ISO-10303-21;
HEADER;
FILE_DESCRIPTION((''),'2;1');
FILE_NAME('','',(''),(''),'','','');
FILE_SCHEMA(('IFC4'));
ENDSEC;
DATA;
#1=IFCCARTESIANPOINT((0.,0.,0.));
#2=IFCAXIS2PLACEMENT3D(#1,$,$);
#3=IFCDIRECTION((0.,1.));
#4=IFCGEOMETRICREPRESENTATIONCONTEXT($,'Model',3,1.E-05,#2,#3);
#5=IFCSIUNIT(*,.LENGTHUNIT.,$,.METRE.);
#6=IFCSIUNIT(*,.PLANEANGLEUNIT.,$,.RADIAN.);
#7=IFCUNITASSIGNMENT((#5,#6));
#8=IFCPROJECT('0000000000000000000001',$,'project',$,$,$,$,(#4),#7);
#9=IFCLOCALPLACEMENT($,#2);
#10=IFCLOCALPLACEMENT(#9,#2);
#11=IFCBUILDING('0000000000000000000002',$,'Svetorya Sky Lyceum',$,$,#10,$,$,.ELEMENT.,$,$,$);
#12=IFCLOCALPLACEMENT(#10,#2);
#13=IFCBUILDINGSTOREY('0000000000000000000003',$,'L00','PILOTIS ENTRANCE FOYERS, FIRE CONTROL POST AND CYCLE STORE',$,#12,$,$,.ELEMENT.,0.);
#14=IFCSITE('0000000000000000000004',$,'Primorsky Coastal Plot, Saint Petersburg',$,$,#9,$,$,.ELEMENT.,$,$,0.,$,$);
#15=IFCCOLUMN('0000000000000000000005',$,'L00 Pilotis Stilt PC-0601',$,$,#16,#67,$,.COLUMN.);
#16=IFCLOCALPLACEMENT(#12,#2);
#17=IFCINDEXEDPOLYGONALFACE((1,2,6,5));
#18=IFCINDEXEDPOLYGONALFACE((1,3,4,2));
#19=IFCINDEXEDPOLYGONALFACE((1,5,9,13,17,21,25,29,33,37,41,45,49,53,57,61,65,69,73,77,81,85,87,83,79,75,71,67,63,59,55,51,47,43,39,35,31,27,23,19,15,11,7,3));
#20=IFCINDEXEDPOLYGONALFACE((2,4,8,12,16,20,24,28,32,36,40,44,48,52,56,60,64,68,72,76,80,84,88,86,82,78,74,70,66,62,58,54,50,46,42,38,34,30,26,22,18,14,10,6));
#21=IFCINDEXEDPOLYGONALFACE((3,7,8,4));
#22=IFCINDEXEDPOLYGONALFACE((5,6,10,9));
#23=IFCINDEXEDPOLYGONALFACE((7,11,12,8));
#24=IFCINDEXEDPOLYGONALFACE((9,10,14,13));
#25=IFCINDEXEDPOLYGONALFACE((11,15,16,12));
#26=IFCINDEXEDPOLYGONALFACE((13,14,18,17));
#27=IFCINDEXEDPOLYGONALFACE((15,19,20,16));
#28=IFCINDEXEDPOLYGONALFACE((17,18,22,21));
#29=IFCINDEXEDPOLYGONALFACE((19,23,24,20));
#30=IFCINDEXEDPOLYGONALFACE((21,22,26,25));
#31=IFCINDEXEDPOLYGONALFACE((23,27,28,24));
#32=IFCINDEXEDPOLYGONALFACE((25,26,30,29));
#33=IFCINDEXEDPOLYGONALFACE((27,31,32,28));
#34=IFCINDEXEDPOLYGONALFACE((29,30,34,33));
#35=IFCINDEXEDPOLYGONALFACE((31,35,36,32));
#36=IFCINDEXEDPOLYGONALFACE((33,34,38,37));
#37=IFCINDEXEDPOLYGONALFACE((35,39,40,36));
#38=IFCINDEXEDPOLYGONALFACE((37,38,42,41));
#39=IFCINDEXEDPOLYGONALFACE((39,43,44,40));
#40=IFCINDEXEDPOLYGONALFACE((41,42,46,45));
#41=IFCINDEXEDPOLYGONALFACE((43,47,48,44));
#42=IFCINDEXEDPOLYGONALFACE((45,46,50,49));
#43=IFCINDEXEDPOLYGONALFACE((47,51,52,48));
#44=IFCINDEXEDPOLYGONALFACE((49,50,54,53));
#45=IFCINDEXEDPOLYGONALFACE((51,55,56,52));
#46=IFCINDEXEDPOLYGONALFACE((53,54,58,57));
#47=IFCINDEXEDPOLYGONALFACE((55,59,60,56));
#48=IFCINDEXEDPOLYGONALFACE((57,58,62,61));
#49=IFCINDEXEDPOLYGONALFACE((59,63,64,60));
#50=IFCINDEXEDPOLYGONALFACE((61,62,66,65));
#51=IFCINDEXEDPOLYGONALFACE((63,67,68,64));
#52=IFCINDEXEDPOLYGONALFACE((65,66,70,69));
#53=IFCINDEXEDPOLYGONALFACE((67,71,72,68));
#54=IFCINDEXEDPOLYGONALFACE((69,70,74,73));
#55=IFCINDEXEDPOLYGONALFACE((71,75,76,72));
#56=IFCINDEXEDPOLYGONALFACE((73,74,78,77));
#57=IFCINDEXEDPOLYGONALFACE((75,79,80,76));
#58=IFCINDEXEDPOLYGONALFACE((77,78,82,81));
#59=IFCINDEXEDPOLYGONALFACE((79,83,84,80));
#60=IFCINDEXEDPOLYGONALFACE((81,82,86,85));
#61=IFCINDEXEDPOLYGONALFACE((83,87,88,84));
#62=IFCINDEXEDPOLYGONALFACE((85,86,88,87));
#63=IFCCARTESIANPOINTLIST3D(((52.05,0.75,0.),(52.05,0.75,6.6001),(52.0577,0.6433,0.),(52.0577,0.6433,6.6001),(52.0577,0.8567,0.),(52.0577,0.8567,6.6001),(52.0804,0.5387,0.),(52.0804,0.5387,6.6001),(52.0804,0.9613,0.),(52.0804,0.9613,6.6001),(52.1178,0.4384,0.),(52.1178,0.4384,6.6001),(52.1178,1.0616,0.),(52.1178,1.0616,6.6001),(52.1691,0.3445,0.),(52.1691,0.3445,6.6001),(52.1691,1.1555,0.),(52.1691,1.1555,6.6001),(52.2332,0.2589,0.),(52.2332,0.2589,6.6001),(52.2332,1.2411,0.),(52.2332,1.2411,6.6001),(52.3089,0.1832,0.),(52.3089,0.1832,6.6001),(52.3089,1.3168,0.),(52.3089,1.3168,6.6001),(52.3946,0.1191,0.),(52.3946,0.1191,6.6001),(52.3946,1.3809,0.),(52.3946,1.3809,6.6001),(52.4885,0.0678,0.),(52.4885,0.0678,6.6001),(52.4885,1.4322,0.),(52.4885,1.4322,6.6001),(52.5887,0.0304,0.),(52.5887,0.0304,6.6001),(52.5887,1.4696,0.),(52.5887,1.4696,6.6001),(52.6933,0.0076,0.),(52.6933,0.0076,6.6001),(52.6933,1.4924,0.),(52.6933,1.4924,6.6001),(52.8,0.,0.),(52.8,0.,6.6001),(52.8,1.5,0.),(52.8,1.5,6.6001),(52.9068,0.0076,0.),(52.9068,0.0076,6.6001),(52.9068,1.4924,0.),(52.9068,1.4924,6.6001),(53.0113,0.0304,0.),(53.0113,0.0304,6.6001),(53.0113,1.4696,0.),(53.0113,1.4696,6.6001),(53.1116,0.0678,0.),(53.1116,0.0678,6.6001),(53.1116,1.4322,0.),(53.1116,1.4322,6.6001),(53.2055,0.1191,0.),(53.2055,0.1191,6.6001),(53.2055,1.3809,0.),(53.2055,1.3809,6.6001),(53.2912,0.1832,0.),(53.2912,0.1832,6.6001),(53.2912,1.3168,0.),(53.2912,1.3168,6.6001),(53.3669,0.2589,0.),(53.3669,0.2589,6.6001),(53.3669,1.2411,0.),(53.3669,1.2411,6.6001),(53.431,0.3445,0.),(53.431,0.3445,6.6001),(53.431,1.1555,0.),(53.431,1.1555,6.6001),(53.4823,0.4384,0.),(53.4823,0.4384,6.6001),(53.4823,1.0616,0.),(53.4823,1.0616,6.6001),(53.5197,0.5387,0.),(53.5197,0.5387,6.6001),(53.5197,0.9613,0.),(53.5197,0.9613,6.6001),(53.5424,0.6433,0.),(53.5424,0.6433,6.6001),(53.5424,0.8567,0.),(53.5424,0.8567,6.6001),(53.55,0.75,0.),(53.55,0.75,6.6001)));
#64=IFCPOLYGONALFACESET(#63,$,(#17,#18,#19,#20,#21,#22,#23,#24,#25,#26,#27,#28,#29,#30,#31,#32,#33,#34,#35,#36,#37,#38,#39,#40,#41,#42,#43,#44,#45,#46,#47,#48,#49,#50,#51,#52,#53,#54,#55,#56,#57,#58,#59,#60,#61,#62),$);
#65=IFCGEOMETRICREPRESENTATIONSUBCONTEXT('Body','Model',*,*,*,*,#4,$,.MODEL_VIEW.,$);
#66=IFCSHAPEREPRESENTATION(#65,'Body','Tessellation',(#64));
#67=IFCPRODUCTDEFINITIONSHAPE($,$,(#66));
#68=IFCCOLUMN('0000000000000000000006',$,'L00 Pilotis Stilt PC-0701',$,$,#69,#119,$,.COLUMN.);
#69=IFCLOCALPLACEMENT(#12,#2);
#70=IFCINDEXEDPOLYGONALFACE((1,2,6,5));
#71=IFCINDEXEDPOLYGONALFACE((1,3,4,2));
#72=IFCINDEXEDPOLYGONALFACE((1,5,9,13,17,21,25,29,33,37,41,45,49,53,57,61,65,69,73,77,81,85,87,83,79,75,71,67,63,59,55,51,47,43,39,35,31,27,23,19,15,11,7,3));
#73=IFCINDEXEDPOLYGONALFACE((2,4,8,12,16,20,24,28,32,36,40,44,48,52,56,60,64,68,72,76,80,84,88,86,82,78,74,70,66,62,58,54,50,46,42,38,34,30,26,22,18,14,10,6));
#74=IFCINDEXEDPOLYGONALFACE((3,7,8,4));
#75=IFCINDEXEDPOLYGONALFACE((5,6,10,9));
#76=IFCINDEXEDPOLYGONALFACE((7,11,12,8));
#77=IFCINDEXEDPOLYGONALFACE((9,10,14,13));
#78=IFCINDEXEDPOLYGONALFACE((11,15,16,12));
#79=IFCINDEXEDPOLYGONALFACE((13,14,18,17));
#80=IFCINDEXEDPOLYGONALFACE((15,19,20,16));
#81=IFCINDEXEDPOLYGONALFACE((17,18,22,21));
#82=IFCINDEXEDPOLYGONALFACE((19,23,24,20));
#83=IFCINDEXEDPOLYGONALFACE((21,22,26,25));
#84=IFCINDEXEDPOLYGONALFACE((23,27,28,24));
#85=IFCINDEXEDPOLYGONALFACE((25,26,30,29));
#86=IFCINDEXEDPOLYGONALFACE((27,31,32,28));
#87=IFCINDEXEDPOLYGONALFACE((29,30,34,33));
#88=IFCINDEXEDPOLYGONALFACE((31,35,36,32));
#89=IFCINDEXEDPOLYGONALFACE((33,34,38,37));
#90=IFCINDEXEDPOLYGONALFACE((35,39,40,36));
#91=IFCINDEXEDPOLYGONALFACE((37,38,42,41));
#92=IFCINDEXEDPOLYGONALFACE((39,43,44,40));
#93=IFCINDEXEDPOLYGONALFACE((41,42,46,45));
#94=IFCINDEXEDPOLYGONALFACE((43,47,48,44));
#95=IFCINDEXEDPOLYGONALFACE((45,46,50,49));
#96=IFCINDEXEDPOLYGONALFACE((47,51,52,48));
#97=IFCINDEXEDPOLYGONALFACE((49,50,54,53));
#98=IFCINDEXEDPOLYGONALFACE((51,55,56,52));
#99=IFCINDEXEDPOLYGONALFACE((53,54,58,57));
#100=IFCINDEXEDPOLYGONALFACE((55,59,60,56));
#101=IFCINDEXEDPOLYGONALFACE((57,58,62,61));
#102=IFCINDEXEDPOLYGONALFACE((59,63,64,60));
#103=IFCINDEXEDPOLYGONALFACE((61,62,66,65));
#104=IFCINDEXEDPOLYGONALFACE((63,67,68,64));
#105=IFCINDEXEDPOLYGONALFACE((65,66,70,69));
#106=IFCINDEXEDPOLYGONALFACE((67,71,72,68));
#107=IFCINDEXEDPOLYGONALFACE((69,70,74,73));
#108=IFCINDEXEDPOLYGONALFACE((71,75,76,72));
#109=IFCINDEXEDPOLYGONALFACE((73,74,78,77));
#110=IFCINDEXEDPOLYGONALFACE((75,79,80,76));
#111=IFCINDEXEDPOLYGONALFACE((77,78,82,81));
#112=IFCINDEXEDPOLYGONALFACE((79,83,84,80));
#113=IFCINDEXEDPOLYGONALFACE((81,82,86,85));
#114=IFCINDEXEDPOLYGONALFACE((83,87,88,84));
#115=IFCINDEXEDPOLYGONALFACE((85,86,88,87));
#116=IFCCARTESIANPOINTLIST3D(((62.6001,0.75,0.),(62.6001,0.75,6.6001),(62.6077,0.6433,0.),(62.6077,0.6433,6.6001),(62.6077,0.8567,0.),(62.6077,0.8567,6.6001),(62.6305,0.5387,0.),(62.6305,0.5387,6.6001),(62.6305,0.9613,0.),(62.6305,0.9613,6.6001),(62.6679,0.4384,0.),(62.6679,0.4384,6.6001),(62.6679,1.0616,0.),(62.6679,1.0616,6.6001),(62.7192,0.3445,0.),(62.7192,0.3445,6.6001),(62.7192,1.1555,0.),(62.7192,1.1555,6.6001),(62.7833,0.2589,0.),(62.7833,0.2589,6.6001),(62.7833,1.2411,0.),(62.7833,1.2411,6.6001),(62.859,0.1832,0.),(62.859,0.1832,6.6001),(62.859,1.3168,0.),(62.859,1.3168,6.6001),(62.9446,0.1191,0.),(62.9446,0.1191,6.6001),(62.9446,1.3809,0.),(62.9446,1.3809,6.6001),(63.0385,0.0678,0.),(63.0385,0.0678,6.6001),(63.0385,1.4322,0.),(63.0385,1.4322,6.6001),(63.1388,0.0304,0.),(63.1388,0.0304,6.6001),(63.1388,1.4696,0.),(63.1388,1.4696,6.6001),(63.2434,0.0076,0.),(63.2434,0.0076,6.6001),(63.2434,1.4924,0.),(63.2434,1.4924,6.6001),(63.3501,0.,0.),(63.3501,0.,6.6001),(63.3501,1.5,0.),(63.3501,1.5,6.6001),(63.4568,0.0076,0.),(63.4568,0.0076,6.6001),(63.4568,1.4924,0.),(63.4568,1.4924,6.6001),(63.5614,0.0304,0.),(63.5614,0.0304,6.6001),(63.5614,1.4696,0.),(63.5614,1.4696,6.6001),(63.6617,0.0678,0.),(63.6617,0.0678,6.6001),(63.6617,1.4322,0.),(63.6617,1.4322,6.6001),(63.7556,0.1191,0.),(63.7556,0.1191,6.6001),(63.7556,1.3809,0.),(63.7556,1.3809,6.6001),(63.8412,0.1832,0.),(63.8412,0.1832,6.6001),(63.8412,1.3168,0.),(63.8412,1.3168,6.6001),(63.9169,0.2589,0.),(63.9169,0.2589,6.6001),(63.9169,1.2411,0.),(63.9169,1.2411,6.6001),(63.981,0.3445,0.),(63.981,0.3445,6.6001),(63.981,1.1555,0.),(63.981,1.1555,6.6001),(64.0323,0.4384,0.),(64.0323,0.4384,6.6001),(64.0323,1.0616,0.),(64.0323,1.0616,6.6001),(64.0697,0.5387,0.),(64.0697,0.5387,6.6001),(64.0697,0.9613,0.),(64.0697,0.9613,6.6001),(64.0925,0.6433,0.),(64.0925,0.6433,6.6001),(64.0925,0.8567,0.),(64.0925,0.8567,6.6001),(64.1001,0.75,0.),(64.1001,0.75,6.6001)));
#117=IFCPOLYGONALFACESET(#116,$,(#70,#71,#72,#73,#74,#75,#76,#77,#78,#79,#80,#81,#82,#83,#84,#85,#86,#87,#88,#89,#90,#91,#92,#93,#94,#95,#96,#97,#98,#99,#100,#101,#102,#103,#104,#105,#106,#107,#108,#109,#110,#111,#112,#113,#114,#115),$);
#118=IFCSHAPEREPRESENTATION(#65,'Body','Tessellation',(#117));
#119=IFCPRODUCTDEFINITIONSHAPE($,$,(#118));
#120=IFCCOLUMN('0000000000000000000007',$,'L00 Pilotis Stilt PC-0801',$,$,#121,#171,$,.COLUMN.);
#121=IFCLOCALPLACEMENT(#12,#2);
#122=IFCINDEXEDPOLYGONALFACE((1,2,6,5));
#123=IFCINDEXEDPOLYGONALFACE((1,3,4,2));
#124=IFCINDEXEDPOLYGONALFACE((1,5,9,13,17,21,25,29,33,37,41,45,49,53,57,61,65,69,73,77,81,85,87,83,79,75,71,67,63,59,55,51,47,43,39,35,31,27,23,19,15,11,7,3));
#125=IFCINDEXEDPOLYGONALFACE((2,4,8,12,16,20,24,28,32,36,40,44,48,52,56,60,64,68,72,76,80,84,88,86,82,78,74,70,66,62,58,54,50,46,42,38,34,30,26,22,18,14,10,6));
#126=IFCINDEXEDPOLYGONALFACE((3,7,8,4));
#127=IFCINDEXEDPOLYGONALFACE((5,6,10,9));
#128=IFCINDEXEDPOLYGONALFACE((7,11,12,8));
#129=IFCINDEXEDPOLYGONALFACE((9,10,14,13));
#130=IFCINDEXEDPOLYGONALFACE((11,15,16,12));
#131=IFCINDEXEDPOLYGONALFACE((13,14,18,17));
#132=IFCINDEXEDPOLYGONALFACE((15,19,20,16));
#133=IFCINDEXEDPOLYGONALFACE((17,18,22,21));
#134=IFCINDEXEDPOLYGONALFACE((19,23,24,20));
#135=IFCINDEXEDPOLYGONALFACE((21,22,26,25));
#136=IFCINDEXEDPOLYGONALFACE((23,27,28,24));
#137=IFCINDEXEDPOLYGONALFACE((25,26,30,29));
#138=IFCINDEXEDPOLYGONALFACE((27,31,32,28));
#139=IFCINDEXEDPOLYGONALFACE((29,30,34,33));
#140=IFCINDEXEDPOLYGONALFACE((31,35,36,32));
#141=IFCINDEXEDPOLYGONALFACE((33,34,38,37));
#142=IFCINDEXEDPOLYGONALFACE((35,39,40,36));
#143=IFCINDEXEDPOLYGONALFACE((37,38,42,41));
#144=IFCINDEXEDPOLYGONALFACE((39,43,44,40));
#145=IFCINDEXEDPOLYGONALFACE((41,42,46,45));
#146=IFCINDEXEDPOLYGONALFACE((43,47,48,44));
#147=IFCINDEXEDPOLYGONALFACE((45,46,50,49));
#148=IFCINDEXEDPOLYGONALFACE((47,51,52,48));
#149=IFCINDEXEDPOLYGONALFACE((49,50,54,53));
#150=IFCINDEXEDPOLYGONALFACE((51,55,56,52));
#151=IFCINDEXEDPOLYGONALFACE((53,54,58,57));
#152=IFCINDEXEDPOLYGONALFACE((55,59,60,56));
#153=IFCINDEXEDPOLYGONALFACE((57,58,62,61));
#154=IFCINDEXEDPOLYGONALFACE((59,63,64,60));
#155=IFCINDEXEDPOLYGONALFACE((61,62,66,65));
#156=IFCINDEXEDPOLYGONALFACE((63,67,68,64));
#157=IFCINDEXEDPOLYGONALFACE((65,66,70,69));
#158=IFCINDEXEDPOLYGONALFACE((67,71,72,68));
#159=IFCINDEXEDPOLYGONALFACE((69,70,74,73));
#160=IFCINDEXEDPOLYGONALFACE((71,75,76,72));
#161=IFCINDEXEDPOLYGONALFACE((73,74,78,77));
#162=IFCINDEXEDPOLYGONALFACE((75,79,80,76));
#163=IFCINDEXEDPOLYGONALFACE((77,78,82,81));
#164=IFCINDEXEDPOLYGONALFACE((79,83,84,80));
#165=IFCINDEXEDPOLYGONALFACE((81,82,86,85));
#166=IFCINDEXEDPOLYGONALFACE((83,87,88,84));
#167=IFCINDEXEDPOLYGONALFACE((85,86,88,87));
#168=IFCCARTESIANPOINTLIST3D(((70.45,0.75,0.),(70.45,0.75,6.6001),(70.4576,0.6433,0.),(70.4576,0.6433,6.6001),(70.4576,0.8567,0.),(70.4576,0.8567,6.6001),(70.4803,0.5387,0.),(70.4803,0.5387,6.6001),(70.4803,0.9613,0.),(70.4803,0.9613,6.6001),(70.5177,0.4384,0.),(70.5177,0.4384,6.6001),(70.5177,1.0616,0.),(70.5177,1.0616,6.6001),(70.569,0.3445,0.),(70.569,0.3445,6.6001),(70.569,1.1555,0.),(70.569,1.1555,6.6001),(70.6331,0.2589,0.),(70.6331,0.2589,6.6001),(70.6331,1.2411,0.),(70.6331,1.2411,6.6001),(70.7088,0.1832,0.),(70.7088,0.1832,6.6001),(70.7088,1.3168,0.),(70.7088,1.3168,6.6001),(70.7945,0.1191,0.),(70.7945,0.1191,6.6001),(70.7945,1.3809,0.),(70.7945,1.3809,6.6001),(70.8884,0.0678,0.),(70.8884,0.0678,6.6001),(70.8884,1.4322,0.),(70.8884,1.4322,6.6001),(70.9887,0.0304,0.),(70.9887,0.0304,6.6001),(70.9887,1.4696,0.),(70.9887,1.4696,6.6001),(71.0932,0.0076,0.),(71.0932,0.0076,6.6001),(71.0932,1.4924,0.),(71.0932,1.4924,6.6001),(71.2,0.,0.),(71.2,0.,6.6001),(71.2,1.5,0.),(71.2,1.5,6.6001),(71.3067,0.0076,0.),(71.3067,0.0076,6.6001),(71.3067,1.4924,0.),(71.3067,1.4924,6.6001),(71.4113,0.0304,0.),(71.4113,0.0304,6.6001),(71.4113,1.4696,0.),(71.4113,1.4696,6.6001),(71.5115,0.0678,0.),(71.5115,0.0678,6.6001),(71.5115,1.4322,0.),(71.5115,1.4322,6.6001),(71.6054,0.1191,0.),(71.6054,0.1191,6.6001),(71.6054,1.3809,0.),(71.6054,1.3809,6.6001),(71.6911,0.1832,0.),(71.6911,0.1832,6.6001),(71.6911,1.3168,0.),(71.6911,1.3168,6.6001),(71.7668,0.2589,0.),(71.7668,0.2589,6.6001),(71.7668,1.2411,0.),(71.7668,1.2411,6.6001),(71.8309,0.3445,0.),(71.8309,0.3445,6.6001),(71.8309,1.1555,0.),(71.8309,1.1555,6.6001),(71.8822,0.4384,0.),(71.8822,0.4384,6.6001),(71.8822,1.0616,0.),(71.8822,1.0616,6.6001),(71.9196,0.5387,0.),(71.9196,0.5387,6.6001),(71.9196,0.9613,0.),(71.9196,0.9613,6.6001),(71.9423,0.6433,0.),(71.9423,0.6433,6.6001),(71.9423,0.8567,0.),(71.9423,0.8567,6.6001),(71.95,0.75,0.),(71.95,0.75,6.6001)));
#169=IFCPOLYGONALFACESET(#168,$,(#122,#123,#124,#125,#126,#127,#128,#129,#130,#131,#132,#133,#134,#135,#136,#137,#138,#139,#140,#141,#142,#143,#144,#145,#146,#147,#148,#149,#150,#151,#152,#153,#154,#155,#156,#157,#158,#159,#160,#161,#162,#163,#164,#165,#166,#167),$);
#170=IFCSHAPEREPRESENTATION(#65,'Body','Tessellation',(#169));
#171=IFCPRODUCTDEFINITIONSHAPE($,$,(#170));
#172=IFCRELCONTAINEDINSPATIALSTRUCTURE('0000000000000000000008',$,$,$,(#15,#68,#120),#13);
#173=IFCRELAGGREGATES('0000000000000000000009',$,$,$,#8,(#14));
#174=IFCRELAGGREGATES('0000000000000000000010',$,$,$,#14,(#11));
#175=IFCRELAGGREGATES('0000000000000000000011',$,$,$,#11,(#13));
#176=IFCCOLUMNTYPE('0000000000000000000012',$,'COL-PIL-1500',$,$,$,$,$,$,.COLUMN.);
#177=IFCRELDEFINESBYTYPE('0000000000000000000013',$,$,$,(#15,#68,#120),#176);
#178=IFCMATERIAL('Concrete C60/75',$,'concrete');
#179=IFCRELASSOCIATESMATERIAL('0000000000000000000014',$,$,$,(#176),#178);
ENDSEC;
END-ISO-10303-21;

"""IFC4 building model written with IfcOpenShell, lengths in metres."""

from ifc_helpers import new_model, si_unit, direction, frame, origin, origin_2d, place, context, subcontext, project, spatial, circle, extrude, material, material_profile, profile_set, type_object, element, save


model = new_model("IFC4")

# Units and contexts
model_context = context("Model", 3, precision=1e-05, world=origin(), true_north=direction((0.0, 1.0)))
body_context = subcontext(model_context, "Body", "Model", "MODEL_VIEW")
ifc_project = project(units=[si_unit("LENGTHUNIT", "METRE"), si_unit("PLANEANGLEUNIT", "RADIAN")], contexts=[model_context])

# Site, building, storey
site_placement = place(None, origin())
site = spatial("IfcSite", under=ifc_project, at=site_placement, Name="Primorsky Coastal Plot, Saint Petersburg", CompositionType="ELEMENT", RefElevation=0.0)
building_placement = place(site_placement, origin())
building = spatial("IfcBuilding", under=site, at=building_placement, Name="Svetorya Sky Lyceum", CompositionType="ELEMENT")
storey_placement = place(building_placement, origin())
storey = spatial("IfcBuildingStorey", under=building, at=storey_placement, Name="L00", Description="PILOTIS ENTRANCE FOYERS, FIRE CONTROL POST AND CYCLE STORE", CompositionType="ELEMENT", Elevation=0.0)

# Columns
ifc_material_1 = material(Name="Concrete C60/75", Category="concrete")
ifc_material_profile_1 = material_profile(ifc_material_1, circle(Radius=0.75, at=origin_2d()), Name="RC PILOTI D1500")
ifc_profile_set_1 = profile_set([ifc_material_profile_1], Name="Concrete C60/75")
column_type_1 = type_object("IfcColumnType", Name="COL-PIL-1500", PredefinedType="COLUMN", material=ifc_profile_set_1)
for number, where, z_axis, x_axis, name in (
    (1, (52.8, 0.75, 0.0), (0.0, 0.0, 1.0), (1.0, 0.0, 0.0), "L00 Pilotis Stilt PC-0601"),
    (2, (63.3501, 0.75, 0.0), (0.0, 0.0, 1.0), (1.0, 0.0, 0.0), "L00 Pilotis Stilt PC-0701"),
    (3, (71.2, 0.75, 0.0), (0.0, 0.0, 1.0), (1.0, 0.0, 0.0), "L00 Pilotis Stilt PC-0801"),
):
    element("IfcColumn", number, at=place(storey_placement, frame(where, z_axis=z_axis, x_axis=x_axis)), inside=storey, type_object=column_type_1, Name=name, PredefinedType="COLUMN", context=body_context, shape_type="SweptSolid", body=[
        extrude(circle(Radius=0.75, at=origin_2d()), origin(), (0.0, 0.0, 1.0), 6.6001),
    ])

save(model, "model.ifc")
